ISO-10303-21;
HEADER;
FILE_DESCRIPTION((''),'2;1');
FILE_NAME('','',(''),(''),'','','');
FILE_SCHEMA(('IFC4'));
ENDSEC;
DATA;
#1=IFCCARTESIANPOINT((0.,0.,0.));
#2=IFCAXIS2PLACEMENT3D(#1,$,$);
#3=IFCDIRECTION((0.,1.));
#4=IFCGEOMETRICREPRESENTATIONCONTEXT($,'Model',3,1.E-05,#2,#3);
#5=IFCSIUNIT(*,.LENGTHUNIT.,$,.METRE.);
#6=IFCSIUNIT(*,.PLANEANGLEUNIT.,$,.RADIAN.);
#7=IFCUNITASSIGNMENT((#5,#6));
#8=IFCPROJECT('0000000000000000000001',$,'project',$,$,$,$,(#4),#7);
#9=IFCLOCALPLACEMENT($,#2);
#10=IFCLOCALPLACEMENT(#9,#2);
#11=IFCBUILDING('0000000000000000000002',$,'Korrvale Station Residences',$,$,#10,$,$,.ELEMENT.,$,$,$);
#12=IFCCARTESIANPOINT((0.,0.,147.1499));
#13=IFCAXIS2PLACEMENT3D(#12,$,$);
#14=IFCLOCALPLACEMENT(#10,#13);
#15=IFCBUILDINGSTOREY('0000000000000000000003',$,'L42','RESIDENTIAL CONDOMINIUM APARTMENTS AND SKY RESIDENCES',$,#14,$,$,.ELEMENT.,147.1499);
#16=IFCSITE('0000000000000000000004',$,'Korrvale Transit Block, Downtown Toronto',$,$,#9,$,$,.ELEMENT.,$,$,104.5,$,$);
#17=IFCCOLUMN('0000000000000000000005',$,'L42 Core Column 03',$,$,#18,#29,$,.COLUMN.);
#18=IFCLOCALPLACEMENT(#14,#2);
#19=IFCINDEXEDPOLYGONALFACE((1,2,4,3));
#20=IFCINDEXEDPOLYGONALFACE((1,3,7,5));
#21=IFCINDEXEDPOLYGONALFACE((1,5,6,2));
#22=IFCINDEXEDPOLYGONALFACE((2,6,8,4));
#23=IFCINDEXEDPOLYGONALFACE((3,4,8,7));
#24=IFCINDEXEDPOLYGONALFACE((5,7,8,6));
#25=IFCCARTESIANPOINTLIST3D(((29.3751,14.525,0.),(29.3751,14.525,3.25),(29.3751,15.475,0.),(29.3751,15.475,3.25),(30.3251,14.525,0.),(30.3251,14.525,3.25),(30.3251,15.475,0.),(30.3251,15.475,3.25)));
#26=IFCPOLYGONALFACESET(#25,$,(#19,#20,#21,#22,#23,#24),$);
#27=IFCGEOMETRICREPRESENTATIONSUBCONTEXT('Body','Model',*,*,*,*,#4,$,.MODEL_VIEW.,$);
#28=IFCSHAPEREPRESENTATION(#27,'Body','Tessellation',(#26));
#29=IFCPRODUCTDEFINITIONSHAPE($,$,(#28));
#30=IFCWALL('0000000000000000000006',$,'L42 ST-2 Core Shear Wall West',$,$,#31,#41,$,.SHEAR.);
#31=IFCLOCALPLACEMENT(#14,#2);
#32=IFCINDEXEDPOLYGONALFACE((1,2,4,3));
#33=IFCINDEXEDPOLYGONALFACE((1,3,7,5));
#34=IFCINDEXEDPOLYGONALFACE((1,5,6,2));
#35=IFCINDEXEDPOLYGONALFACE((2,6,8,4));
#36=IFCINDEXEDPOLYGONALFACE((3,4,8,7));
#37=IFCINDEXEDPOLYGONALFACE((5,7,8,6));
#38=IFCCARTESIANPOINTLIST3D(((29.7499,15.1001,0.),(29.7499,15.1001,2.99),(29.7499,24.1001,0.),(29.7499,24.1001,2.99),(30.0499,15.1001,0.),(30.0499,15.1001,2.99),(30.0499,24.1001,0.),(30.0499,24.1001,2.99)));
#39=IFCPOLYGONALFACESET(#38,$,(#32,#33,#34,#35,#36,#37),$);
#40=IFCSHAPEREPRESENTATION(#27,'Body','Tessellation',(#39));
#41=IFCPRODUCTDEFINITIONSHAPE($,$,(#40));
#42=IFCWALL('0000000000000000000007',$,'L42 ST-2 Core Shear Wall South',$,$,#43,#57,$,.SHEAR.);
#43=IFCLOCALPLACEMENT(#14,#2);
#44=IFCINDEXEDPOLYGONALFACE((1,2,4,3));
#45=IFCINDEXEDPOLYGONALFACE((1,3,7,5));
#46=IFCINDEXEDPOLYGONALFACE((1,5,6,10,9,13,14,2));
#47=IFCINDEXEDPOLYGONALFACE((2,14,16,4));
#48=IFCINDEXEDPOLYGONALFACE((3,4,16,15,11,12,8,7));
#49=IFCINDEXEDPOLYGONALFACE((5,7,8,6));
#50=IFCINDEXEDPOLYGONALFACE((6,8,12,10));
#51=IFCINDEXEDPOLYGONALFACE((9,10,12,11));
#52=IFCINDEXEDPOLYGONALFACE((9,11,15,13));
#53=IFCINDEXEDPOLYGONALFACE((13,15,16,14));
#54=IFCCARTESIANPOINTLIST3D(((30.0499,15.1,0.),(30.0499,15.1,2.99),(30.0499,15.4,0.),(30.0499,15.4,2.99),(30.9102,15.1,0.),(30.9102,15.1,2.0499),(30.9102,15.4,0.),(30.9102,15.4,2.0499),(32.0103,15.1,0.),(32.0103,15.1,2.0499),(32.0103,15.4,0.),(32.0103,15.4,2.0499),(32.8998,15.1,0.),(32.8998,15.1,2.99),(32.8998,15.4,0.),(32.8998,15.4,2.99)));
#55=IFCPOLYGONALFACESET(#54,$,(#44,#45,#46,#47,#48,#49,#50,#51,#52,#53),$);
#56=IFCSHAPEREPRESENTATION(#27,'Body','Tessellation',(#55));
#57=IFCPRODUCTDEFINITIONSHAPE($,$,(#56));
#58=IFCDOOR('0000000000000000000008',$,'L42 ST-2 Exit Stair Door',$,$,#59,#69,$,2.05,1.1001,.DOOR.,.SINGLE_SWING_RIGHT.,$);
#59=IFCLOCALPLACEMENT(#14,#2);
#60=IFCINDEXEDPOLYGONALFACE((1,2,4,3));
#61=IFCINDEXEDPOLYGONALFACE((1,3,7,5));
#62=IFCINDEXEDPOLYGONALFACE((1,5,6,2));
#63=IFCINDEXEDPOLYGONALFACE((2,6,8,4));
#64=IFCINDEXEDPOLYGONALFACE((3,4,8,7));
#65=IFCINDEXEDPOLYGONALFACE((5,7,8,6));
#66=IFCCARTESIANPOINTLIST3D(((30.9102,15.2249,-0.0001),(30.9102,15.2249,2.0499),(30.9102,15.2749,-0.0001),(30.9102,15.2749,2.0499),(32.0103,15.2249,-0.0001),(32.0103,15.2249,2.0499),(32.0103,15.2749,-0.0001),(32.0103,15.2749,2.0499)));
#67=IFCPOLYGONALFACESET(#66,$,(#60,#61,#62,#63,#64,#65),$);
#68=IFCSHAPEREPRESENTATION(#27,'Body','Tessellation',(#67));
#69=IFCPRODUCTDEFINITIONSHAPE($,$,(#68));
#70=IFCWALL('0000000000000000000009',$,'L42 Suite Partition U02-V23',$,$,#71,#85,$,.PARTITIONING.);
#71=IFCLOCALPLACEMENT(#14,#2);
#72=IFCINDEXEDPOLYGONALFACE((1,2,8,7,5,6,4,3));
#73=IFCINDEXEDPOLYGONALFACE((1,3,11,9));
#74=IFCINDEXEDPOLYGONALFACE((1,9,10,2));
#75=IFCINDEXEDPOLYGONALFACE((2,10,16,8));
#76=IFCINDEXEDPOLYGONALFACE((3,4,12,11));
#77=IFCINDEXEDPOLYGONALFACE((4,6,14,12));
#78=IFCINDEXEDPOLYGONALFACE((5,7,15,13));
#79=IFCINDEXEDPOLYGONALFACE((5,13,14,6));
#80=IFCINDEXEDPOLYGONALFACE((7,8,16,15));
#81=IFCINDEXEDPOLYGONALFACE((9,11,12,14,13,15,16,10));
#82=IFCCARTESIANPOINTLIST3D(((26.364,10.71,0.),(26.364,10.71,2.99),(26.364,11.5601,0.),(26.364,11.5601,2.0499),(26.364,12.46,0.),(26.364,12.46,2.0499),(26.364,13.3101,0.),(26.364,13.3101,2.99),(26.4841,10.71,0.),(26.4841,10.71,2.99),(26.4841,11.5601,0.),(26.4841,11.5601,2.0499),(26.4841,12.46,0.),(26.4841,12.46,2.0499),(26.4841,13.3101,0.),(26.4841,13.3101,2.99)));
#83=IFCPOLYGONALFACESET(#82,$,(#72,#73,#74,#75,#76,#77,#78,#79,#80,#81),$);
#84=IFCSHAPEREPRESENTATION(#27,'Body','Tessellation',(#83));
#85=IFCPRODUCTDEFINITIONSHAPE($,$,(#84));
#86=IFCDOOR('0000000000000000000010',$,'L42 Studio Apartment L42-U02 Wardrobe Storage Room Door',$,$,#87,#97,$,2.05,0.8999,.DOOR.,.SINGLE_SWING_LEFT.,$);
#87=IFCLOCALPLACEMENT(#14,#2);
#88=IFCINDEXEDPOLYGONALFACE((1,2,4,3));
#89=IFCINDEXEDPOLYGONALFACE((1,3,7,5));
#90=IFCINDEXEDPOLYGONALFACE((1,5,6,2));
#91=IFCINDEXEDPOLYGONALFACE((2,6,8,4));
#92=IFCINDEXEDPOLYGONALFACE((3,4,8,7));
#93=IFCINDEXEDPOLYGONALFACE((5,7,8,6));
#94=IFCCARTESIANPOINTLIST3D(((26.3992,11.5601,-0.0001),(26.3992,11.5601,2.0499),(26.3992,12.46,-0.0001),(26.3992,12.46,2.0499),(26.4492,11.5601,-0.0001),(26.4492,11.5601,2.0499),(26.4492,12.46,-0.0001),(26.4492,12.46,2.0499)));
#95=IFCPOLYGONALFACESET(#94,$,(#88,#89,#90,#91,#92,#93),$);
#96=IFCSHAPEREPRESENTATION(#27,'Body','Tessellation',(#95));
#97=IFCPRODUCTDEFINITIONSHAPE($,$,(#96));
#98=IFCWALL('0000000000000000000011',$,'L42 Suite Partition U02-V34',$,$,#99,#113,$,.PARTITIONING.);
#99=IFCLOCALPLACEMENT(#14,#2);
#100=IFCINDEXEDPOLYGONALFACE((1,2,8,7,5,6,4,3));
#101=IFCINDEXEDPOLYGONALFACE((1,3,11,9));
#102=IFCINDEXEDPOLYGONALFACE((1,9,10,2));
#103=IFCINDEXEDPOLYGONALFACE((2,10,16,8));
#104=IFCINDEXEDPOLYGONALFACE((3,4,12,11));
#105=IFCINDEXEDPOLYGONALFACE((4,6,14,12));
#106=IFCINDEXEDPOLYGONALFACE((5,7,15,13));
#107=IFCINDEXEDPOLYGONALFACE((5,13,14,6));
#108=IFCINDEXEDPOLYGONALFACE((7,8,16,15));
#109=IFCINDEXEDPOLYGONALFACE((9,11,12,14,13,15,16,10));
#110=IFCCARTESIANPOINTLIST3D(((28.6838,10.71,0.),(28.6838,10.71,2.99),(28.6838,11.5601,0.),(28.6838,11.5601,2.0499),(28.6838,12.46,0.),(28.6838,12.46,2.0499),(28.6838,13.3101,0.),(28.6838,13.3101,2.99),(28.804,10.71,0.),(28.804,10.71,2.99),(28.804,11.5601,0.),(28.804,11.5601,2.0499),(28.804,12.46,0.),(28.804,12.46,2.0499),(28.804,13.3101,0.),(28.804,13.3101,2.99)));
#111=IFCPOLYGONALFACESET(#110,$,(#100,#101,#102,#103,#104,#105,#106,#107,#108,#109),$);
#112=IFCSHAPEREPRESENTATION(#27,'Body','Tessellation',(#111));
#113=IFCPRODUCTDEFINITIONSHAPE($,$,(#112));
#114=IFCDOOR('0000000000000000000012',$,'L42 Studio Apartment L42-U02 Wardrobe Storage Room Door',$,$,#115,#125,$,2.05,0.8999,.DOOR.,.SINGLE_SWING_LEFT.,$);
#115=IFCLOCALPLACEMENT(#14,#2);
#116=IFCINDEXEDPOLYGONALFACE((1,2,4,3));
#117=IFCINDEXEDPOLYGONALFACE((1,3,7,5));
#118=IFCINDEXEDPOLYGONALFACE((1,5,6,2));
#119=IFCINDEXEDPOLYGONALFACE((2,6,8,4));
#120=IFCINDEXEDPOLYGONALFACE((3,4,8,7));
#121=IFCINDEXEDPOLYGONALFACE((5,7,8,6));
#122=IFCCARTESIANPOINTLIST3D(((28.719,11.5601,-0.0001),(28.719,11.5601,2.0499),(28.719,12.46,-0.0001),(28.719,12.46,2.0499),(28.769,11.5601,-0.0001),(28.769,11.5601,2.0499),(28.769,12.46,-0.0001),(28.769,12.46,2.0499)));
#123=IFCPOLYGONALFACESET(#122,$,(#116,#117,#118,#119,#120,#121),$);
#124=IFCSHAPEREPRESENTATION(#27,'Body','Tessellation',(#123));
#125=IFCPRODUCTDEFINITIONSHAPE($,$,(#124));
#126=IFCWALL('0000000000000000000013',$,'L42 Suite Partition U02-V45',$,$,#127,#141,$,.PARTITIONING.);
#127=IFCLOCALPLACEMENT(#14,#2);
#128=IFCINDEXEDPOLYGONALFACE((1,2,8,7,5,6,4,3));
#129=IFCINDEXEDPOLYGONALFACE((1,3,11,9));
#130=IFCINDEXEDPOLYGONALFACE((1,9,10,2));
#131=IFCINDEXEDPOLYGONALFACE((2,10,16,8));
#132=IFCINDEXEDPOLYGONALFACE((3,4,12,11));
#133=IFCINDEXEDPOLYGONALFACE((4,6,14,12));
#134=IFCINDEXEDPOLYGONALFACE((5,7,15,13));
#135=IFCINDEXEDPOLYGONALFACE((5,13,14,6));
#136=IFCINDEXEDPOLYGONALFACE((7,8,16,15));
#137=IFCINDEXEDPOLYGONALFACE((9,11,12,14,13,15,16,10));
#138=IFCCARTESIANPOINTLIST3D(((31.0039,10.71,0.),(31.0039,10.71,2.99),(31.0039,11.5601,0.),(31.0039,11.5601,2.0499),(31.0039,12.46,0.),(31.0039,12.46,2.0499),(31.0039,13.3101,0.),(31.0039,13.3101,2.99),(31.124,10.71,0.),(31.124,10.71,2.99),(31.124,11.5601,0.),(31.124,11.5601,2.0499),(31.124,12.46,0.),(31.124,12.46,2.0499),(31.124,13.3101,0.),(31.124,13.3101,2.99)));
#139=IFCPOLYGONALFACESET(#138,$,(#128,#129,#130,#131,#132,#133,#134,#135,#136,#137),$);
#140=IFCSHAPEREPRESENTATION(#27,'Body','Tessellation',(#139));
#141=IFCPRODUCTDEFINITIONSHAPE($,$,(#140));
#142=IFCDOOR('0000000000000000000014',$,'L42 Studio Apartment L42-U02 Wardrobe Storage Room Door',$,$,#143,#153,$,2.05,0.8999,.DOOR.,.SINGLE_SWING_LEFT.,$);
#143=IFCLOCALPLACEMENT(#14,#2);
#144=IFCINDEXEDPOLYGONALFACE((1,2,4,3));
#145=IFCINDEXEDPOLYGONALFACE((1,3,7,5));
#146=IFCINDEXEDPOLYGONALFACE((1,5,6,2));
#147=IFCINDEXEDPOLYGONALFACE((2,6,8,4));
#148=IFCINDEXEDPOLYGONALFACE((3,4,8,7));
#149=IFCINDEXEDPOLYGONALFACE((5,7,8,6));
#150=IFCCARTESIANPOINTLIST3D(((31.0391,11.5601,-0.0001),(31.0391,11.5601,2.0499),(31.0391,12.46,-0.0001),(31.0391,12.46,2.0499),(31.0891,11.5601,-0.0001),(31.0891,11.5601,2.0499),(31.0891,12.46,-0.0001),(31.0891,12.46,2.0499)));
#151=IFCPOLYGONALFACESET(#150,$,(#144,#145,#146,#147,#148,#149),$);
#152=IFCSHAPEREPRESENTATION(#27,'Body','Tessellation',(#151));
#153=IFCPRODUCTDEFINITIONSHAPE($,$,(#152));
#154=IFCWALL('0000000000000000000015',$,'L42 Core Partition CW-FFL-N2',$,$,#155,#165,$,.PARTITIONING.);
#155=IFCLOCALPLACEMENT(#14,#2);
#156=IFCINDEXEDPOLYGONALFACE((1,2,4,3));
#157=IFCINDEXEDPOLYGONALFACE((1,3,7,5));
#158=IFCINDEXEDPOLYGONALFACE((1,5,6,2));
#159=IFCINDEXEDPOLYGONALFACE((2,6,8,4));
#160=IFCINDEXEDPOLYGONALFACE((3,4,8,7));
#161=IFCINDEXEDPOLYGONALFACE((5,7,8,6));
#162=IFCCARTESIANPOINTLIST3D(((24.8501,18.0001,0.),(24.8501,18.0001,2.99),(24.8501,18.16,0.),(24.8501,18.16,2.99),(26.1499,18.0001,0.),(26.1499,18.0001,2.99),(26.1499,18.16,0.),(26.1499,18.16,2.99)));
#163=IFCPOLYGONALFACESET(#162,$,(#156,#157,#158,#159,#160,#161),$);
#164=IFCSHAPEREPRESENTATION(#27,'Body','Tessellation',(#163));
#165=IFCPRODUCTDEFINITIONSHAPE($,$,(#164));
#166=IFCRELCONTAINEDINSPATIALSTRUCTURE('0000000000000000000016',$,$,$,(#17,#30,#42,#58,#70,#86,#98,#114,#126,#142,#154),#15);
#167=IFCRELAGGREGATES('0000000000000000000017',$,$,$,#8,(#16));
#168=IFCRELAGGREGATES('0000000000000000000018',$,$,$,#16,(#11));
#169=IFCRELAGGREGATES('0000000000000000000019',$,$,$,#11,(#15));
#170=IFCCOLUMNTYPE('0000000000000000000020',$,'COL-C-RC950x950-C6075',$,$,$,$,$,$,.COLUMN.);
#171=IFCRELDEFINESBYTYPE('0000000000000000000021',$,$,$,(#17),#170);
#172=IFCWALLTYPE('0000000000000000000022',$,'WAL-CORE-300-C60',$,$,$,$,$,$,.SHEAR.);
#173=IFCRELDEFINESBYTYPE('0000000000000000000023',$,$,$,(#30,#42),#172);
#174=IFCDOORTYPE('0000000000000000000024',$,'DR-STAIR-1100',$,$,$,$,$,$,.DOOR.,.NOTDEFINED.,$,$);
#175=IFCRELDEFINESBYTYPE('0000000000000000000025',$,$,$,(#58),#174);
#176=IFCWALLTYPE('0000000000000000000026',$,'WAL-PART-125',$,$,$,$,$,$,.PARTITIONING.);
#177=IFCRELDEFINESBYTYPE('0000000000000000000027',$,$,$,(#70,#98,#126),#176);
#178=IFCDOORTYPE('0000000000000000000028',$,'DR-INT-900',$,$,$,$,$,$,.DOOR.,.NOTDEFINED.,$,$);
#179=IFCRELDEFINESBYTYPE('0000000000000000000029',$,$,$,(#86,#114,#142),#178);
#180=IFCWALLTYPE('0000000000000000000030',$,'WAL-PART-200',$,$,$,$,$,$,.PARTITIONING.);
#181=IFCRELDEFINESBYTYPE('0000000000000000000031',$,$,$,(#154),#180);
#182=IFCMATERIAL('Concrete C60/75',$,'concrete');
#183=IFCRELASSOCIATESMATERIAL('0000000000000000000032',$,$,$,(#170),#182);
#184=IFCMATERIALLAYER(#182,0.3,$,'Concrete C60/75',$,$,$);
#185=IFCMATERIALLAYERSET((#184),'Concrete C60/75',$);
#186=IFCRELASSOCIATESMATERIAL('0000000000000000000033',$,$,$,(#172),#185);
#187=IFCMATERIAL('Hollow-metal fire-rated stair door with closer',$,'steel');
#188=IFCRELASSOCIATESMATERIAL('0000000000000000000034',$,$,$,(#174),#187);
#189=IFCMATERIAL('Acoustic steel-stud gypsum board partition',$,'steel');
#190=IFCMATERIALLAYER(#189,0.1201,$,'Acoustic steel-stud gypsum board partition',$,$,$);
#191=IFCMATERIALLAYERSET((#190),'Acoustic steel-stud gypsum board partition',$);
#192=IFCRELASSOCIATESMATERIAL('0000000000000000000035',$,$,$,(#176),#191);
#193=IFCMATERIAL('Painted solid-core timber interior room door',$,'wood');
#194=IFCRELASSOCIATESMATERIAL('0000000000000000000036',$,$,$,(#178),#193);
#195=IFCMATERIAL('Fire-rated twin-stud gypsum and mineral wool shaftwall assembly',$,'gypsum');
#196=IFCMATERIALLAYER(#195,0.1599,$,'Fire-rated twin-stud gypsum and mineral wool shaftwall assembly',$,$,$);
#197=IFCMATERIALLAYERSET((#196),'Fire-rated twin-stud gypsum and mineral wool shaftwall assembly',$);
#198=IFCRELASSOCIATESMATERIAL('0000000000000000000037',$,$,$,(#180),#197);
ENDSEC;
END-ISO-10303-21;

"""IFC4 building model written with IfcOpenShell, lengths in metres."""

from ifc_helpers import new_model, si_unit, direction, frame, frame_2d, origin, origin_2d, place, context, subcontext, project, spatial, rectangle, extrude, material, layer, layer_set, material_profile, profile_set, type_object, element, fill, save


model = new_model("IFC4")

# Units and contexts
model_context = context("Model", 3, precision=1e-05, world=origin(), true_north=direction((0.0, 1.0)))
body_context = subcontext(model_context, "Body", "Model", "MODEL_VIEW")
ifc_project = project(units=[si_unit("LENGTHUNIT", "METRE"), si_unit("PLANEANGLEUNIT", "RADIAN")], contexts=[model_context])

# Site, building, storey
site_placement = place(None, origin())
site = spatial("IfcSite", under=ifc_project, at=site_placement, Name="Korrvale Transit Block, Downtown Toronto", CompositionType="ELEMENT", RefElevation=104.5)
building_placement = place(site_placement, origin())
building = spatial("IfcBuilding", under=site, at=building_placement, Name="Korrvale Station Residences", CompositionType="ELEMENT")
storey_placement = place(building_placement, frame((0.0, 0.0, 147.1499)))
storey = spatial("IfcBuildingStorey", under=building, at=storey_placement, Name="L42", Description="RESIDENTIAL CONDOMINIUM APARTMENTS AND SKY RESIDENCES", CompositionType="ELEMENT", Elevation=147.1499)

# Column
ifc_material_1 = material(Name="Concrete C60/75", Category="concrete")
ifc_material_profile = material_profile(ifc_material_1, rectangle(XDim=0.95, YDim=0.95, at=origin_2d()), Name="RC950x950")
ifc_profile_set = profile_set([ifc_material_profile], Name="Concrete C60/75")
column_type = type_object("IfcColumnType", Name="COL-C-RC950x950-C6075", PredefinedType="COLUMN", material=ifc_profile_set)
column_placement = place(storey_placement, frame((29.8501, 15.0, 0.0), z_axis=(0.0, 0.0, 1.0), x_axis=(1.0, 0.0, 0.0)))
element("IfcColumn", 1, at=column_placement, inside=storey, type_object=column_type, Name="L42 Core Column 03", PredefinedType="COLUMN", context=body_context, shape_type="SweptSolid", body=[
    extrude(rectangle(XDim=0.95, YDim=0.95, at=origin_2d()), origin(), (0.0, 0.0, 1.0), 3.25),
])

# Wall
ifc_layer_1 = layer(ifc_material_1, 0.3, Name="Concrete C60/75")
ifc_layer_set_1 = layer_set([ifc_layer_1], Name="Concrete C60/75")
wall_type_1 = type_object("IfcWallType", Name="WAL-CORE-300-C60", PredefinedType="SHEAR", material=ifc_layer_set_1)
wall_1_placement = place(storey_placement, frame((29.8999, 15.1001, 0.0), z_axis=(0.0, 0.0, 1.0), x_axis=(0.0, 1.0, 0.0)))
element("IfcWall", 2, at=wall_1_placement, inside=storey, type_object=wall_type_1, Name="L42 ST-2 Core Shear Wall West", PredefinedType="SHEAR", context=body_context, shape_type="SweptSolid", body=[
    extrude(rectangle(XDim=9.0, YDim=0.3, at=frame_2d((4.5, 0.0))), origin(), (0.0, 0.0, 1.0), 2.99),
])

# Walls, openings, doors
wall_2_placement = place(storey_placement, frame((30.05, 15.25, 0.0), z_axis=(0.0, 0.0, 1.0), x_axis=(1.0, 0.0, 0.0)))
wall_2 = element("IfcWall", 3, at=wall_2_placement, inside=storey, type_object=wall_type_1, Name="L42 ST-2 Core Shear Wall South", PredefinedType="SHEAR", context=body_context, shape_type="SweptSolid", body=[
    extrude(rectangle(XDim=2.8499, YDim=0.3, at=frame_2d((1.4248, 0.0))), origin(), (0.0, 0.0, 1.0), 2.99),
])
opening_1_placement = place(wall_2_placement, frame((0.8601, 0.0, 0.0)))
opening_1 = element("IfcOpeningElement", 4, at=opening_1_placement, cuts=wall_2, PredefinedType="OPENING", context=body_context, shape_type="SweptSolid", body=[
    extrude(rectangle(XDim=1.1001, YDim=2.05, at=frame_2d((0.55, 1.0249))), frame((0.0, 0.1602, 0.0), z_axis=(0.0, -1.0, 0.0), x_axis=(1.0, 0.0, 0.0)), (0.0, 0.0, 1.0), 0.3201),
])
ifc_material_2 = material(Name="Hollow-metal fire-rated stair door with closer", Category="steel")
door_type_1 = type_object("IfcDoorType", Name="DR-STAIR-1100", OperationType="NOTDEFINED", PredefinedType="DOOR", material=ifc_material_2)
door_1_placement = place(opening_1_placement, origin())
door_1 = element("IfcDoor", 5, at=door_1_placement, inside=storey, type_object=door_type_1, Name="L42 ST-2 Exit Stair Door", OperationType="SINGLE_SWING_RIGHT", OverallHeight=2.05, OverallWidth=1.1001, PredefinedType="DOOR", context=body_context, shape_type="SweptSolid", body=[
    extrude(rectangle(XDim=1.1001, YDim=2.05, at=frame_2d((0.55, 1.0249))), frame((0.0, 0.0249, 0.0), z_axis=(0.0, -1.0, 0.0), x_axis=(1.0, 0.0, 0.0)), (0.0, 0.0, 1.0), 0.05),
])
fill(opening_1, door_1)
ifc_material_3 = material(Name="Acoustic steel-stud gypsum board partition", Category="steel")
ifc_layer_2 = layer(ifc_material_3, 0.1201, Name="Acoustic steel-stud gypsum board partition")
ifc_layer_set_2 = layer_set([ifc_layer_2], Name="Acoustic steel-stud gypsum board partition")
wall_type_2 = type_object("IfcWallType", Name="WAL-PART-125", PredefinedType="PARTITIONING", material=ifc_layer_set_2)
wall_3_placement = place(storey_placement, frame((26.4241, 10.71, 0.0), z_axis=(0.0, 0.0, 1.0), x_axis=(0.0, 1.0, 0.0)))
wall_3 = element("IfcWall", 6, at=wall_3_placement, inside=storey, type_object=wall_type_2, Name="L42 Suite Partition U02-V23", PredefinedType="PARTITIONING", context=body_context, shape_type="SweptSolid", body=[
    extrude(rectangle(XDim=2.6001, YDim=0.1201, at=frame_2d((1.3, 0.0))), origin(), (0.0, 0.0, 1.0), 2.99),
])
opening_2_placement = place(wall_3_placement, frame((0.8501, 0.0, 0.0)))
opening_2 = element("IfcOpeningElement", 7, at=opening_2_placement, cuts=wall_3, PredefinedType="OPENING", context=body_context, shape_type="SweptSolid", body=[
    extrude(rectangle(XDim=0.8999, YDim=2.05, at=frame_2d((0.45, 1.0249))), frame((0.0, 0.0701, 0.0), z_axis=(0.0, -1.0, 0.0), x_axis=(1.0, 0.0, 0.0)), (0.0, 0.0, 1.0), 0.1401),
])
ifc_material_4 = material(Name="Painted solid-core timber interior room door", Category="wood")
door_type_2 = type_object("IfcDoorType", Name="DR-INT-900", OperationType="NOTDEFINED", PredefinedType="DOOR", material=ifc_material_4)
door_2_placement = place(opening_2_placement, origin())
door_2 = element("IfcDoor", 8, at=door_2_placement, inside=storey, type_object=door_type_2, Name="L42 Studio Apartment L42-U02 Wardrobe Storage Room Door", OperationType="SINGLE_SWING_LEFT", OverallHeight=2.05, OverallWidth=0.8999, PredefinedType="DOOR", context=body_context, shape_type="SweptSolid", body=[
    extrude(rectangle(XDim=0.8999, YDim=2.05, at=frame_2d((0.45, 1.0249))), frame((0.0, 0.0249, 0.0), z_axis=(0.0, -1.0, 0.0), x_axis=(1.0, 0.0, 0.0)), (0.0, 0.0, 1.0), 0.05),
])
fill(opening_2, door_2)
wall_4_placement = place(storey_placement, frame((28.7439, 10.71, 0.0), z_axis=(0.0, 0.0, 1.0), x_axis=(0.0, 1.0, 0.0)))
wall_4 = element("IfcWall", 9, at=wall_4_placement, inside=storey, type_object=wall_type_2, Name="L42 Suite Partition U02-V34", PredefinedType="PARTITIONING", context=body_context, shape_type="SweptSolid", body=[
    extrude(rectangle(XDim=2.6001, YDim=0.1201, at=frame_2d((1.3, 0.0))), origin(), (0.0, 0.0, 1.0), 2.99),
])
opening_3_placement = place(wall_4_placement, frame((0.8501, 0.0, 0.0)))
opening_3 = element("IfcOpeningElement", 10, at=opening_3_placement, cuts=wall_4, PredefinedType="OPENING", context=body_context, shape_type="SweptSolid", body=[
    extrude(rectangle(XDim=0.8999, YDim=2.05, at=frame_2d((0.45, 1.0249))), frame((0.0, 0.0701, 0.0), z_axis=(0.0, -1.0, 0.0), x_axis=(1.0, 0.0, 0.0)), (0.0, 0.0, 1.0), 0.1401),
])
door_3_placement = place(opening_3_placement, origin())
door_3 = element("IfcDoor", 11, at=door_3_placement, inside=storey, type_object=door_type_2, Name="L42 Studio Apartment L42-U02 Wardrobe Storage Room Door", OperationType="SINGLE_SWING_LEFT", OverallHeight=2.05, OverallWidth=0.8999, PredefinedType="DOOR", context=body_context, shape_type="SweptSolid", body=[
    extrude(rectangle(XDim=0.8999, YDim=2.05, at=frame_2d((0.45, 1.0249))), frame((0.0, 0.0249, 0.0), z_axis=(0.0, -1.0, 0.0), x_axis=(1.0, 0.0, 0.0)), (0.0, 0.0, 1.0), 0.05),
])
fill(opening_3, door_3)
wall_5_placement = place(storey_placement, frame((31.064, 10.71, 0.0), z_axis=(0.0, 0.0, 1.0), x_axis=(0.0, 1.0, 0.0)))
wall_5 = element("IfcWall", 12, at=wall_5_placement, inside=storey, type_object=wall_type_2, Name="L42 Suite Partition U02-V45", PredefinedType="PARTITIONING", context=body_context, shape_type="SweptSolid", body=[
    extrude(rectangle(XDim=2.6001, YDim=0.1201, at=frame_2d((1.3, 0.0))), origin(), (0.0, 0.0, 1.0), 2.99),
])
opening_4_placement = place(wall_5_placement, frame((0.8501, 0.0, 0.0)))
opening_4 = element("IfcOpeningElement", 13, at=opening_4_placement, cuts=wall_5, PredefinedType="OPENING", context=body_context, shape_type="SweptSolid", body=[
    extrude(rectangle(XDim=0.8999, YDim=2.05, at=frame_2d((0.45, 1.0249))), frame((0.0, 0.0701, 0.0), z_axis=(0.0, -1.0, 0.0), x_axis=(1.0, 0.0, 0.0)), (0.0, 0.0, 1.0), 0.1401),
])
door_4_placement = place(opening_4_placement, origin())
door_4 = element("IfcDoor", 14, at=door_4_placement, inside=storey, type_object=door_type_2, Name="L42 Studio Apartment L42-U02 Wardrobe Storage Room Door", OperationType="SINGLE_SWING_LEFT", OverallHeight=2.05, OverallWidth=0.8999, PredefinedType="DOOR", context=body_context, shape_type="SweptSolid", body=[
    extrude(rectangle(XDim=0.8999, YDim=2.05, at=frame_2d((0.45, 1.0249))), frame((0.0, 0.0249, 0.0), z_axis=(0.0, -1.0, 0.0), x_axis=(1.0, 0.0, 0.0)), (0.0, 0.0, 1.0), 0.05),
])
fill(opening_4, door_4)

# Wall
ifc_material_5 = material(Name="Fire-rated twin-stud gypsum and mineral wool shaftwall assembly", Category="gypsum")
ifc_layer_3 = layer(ifc_material_5, 0.1599, Name="Fire-rated twin-stud gypsum and mineral wool shaftwall assembly")
ifc_layer_set_3 = layer_set([ifc_layer_3], Name="Fire-rated twin-stud gypsum and mineral wool shaftwall assembly")
wall_type_3 = type_object("IfcWallType", Name="WAL-PART-200", PredefinedType="PARTITIONING", material=ifc_layer_set_3)
wall_6_placement = place(storey_placement, frame((24.8501, 18.0801, 0.0), z_axis=(0.0, 0.0, 1.0), x_axis=(1.0, 0.0, 0.0)))
element("IfcWall", 15, at=wall_6_placement, inside=storey, type_object=wall_type_3, Name="L42 Core Partition CW-FFL-N2", PredefinedType="PARTITIONING", context=body_context, shape_type="SweptSolid", body=[
    extrude(rectangle(XDim=1.2998, YDim=0.1599, at=frame_2d((0.6499, 0.0))), origin(), (0.0, 0.0, 1.0), 2.99),
])

save(model, "model.ifc")
